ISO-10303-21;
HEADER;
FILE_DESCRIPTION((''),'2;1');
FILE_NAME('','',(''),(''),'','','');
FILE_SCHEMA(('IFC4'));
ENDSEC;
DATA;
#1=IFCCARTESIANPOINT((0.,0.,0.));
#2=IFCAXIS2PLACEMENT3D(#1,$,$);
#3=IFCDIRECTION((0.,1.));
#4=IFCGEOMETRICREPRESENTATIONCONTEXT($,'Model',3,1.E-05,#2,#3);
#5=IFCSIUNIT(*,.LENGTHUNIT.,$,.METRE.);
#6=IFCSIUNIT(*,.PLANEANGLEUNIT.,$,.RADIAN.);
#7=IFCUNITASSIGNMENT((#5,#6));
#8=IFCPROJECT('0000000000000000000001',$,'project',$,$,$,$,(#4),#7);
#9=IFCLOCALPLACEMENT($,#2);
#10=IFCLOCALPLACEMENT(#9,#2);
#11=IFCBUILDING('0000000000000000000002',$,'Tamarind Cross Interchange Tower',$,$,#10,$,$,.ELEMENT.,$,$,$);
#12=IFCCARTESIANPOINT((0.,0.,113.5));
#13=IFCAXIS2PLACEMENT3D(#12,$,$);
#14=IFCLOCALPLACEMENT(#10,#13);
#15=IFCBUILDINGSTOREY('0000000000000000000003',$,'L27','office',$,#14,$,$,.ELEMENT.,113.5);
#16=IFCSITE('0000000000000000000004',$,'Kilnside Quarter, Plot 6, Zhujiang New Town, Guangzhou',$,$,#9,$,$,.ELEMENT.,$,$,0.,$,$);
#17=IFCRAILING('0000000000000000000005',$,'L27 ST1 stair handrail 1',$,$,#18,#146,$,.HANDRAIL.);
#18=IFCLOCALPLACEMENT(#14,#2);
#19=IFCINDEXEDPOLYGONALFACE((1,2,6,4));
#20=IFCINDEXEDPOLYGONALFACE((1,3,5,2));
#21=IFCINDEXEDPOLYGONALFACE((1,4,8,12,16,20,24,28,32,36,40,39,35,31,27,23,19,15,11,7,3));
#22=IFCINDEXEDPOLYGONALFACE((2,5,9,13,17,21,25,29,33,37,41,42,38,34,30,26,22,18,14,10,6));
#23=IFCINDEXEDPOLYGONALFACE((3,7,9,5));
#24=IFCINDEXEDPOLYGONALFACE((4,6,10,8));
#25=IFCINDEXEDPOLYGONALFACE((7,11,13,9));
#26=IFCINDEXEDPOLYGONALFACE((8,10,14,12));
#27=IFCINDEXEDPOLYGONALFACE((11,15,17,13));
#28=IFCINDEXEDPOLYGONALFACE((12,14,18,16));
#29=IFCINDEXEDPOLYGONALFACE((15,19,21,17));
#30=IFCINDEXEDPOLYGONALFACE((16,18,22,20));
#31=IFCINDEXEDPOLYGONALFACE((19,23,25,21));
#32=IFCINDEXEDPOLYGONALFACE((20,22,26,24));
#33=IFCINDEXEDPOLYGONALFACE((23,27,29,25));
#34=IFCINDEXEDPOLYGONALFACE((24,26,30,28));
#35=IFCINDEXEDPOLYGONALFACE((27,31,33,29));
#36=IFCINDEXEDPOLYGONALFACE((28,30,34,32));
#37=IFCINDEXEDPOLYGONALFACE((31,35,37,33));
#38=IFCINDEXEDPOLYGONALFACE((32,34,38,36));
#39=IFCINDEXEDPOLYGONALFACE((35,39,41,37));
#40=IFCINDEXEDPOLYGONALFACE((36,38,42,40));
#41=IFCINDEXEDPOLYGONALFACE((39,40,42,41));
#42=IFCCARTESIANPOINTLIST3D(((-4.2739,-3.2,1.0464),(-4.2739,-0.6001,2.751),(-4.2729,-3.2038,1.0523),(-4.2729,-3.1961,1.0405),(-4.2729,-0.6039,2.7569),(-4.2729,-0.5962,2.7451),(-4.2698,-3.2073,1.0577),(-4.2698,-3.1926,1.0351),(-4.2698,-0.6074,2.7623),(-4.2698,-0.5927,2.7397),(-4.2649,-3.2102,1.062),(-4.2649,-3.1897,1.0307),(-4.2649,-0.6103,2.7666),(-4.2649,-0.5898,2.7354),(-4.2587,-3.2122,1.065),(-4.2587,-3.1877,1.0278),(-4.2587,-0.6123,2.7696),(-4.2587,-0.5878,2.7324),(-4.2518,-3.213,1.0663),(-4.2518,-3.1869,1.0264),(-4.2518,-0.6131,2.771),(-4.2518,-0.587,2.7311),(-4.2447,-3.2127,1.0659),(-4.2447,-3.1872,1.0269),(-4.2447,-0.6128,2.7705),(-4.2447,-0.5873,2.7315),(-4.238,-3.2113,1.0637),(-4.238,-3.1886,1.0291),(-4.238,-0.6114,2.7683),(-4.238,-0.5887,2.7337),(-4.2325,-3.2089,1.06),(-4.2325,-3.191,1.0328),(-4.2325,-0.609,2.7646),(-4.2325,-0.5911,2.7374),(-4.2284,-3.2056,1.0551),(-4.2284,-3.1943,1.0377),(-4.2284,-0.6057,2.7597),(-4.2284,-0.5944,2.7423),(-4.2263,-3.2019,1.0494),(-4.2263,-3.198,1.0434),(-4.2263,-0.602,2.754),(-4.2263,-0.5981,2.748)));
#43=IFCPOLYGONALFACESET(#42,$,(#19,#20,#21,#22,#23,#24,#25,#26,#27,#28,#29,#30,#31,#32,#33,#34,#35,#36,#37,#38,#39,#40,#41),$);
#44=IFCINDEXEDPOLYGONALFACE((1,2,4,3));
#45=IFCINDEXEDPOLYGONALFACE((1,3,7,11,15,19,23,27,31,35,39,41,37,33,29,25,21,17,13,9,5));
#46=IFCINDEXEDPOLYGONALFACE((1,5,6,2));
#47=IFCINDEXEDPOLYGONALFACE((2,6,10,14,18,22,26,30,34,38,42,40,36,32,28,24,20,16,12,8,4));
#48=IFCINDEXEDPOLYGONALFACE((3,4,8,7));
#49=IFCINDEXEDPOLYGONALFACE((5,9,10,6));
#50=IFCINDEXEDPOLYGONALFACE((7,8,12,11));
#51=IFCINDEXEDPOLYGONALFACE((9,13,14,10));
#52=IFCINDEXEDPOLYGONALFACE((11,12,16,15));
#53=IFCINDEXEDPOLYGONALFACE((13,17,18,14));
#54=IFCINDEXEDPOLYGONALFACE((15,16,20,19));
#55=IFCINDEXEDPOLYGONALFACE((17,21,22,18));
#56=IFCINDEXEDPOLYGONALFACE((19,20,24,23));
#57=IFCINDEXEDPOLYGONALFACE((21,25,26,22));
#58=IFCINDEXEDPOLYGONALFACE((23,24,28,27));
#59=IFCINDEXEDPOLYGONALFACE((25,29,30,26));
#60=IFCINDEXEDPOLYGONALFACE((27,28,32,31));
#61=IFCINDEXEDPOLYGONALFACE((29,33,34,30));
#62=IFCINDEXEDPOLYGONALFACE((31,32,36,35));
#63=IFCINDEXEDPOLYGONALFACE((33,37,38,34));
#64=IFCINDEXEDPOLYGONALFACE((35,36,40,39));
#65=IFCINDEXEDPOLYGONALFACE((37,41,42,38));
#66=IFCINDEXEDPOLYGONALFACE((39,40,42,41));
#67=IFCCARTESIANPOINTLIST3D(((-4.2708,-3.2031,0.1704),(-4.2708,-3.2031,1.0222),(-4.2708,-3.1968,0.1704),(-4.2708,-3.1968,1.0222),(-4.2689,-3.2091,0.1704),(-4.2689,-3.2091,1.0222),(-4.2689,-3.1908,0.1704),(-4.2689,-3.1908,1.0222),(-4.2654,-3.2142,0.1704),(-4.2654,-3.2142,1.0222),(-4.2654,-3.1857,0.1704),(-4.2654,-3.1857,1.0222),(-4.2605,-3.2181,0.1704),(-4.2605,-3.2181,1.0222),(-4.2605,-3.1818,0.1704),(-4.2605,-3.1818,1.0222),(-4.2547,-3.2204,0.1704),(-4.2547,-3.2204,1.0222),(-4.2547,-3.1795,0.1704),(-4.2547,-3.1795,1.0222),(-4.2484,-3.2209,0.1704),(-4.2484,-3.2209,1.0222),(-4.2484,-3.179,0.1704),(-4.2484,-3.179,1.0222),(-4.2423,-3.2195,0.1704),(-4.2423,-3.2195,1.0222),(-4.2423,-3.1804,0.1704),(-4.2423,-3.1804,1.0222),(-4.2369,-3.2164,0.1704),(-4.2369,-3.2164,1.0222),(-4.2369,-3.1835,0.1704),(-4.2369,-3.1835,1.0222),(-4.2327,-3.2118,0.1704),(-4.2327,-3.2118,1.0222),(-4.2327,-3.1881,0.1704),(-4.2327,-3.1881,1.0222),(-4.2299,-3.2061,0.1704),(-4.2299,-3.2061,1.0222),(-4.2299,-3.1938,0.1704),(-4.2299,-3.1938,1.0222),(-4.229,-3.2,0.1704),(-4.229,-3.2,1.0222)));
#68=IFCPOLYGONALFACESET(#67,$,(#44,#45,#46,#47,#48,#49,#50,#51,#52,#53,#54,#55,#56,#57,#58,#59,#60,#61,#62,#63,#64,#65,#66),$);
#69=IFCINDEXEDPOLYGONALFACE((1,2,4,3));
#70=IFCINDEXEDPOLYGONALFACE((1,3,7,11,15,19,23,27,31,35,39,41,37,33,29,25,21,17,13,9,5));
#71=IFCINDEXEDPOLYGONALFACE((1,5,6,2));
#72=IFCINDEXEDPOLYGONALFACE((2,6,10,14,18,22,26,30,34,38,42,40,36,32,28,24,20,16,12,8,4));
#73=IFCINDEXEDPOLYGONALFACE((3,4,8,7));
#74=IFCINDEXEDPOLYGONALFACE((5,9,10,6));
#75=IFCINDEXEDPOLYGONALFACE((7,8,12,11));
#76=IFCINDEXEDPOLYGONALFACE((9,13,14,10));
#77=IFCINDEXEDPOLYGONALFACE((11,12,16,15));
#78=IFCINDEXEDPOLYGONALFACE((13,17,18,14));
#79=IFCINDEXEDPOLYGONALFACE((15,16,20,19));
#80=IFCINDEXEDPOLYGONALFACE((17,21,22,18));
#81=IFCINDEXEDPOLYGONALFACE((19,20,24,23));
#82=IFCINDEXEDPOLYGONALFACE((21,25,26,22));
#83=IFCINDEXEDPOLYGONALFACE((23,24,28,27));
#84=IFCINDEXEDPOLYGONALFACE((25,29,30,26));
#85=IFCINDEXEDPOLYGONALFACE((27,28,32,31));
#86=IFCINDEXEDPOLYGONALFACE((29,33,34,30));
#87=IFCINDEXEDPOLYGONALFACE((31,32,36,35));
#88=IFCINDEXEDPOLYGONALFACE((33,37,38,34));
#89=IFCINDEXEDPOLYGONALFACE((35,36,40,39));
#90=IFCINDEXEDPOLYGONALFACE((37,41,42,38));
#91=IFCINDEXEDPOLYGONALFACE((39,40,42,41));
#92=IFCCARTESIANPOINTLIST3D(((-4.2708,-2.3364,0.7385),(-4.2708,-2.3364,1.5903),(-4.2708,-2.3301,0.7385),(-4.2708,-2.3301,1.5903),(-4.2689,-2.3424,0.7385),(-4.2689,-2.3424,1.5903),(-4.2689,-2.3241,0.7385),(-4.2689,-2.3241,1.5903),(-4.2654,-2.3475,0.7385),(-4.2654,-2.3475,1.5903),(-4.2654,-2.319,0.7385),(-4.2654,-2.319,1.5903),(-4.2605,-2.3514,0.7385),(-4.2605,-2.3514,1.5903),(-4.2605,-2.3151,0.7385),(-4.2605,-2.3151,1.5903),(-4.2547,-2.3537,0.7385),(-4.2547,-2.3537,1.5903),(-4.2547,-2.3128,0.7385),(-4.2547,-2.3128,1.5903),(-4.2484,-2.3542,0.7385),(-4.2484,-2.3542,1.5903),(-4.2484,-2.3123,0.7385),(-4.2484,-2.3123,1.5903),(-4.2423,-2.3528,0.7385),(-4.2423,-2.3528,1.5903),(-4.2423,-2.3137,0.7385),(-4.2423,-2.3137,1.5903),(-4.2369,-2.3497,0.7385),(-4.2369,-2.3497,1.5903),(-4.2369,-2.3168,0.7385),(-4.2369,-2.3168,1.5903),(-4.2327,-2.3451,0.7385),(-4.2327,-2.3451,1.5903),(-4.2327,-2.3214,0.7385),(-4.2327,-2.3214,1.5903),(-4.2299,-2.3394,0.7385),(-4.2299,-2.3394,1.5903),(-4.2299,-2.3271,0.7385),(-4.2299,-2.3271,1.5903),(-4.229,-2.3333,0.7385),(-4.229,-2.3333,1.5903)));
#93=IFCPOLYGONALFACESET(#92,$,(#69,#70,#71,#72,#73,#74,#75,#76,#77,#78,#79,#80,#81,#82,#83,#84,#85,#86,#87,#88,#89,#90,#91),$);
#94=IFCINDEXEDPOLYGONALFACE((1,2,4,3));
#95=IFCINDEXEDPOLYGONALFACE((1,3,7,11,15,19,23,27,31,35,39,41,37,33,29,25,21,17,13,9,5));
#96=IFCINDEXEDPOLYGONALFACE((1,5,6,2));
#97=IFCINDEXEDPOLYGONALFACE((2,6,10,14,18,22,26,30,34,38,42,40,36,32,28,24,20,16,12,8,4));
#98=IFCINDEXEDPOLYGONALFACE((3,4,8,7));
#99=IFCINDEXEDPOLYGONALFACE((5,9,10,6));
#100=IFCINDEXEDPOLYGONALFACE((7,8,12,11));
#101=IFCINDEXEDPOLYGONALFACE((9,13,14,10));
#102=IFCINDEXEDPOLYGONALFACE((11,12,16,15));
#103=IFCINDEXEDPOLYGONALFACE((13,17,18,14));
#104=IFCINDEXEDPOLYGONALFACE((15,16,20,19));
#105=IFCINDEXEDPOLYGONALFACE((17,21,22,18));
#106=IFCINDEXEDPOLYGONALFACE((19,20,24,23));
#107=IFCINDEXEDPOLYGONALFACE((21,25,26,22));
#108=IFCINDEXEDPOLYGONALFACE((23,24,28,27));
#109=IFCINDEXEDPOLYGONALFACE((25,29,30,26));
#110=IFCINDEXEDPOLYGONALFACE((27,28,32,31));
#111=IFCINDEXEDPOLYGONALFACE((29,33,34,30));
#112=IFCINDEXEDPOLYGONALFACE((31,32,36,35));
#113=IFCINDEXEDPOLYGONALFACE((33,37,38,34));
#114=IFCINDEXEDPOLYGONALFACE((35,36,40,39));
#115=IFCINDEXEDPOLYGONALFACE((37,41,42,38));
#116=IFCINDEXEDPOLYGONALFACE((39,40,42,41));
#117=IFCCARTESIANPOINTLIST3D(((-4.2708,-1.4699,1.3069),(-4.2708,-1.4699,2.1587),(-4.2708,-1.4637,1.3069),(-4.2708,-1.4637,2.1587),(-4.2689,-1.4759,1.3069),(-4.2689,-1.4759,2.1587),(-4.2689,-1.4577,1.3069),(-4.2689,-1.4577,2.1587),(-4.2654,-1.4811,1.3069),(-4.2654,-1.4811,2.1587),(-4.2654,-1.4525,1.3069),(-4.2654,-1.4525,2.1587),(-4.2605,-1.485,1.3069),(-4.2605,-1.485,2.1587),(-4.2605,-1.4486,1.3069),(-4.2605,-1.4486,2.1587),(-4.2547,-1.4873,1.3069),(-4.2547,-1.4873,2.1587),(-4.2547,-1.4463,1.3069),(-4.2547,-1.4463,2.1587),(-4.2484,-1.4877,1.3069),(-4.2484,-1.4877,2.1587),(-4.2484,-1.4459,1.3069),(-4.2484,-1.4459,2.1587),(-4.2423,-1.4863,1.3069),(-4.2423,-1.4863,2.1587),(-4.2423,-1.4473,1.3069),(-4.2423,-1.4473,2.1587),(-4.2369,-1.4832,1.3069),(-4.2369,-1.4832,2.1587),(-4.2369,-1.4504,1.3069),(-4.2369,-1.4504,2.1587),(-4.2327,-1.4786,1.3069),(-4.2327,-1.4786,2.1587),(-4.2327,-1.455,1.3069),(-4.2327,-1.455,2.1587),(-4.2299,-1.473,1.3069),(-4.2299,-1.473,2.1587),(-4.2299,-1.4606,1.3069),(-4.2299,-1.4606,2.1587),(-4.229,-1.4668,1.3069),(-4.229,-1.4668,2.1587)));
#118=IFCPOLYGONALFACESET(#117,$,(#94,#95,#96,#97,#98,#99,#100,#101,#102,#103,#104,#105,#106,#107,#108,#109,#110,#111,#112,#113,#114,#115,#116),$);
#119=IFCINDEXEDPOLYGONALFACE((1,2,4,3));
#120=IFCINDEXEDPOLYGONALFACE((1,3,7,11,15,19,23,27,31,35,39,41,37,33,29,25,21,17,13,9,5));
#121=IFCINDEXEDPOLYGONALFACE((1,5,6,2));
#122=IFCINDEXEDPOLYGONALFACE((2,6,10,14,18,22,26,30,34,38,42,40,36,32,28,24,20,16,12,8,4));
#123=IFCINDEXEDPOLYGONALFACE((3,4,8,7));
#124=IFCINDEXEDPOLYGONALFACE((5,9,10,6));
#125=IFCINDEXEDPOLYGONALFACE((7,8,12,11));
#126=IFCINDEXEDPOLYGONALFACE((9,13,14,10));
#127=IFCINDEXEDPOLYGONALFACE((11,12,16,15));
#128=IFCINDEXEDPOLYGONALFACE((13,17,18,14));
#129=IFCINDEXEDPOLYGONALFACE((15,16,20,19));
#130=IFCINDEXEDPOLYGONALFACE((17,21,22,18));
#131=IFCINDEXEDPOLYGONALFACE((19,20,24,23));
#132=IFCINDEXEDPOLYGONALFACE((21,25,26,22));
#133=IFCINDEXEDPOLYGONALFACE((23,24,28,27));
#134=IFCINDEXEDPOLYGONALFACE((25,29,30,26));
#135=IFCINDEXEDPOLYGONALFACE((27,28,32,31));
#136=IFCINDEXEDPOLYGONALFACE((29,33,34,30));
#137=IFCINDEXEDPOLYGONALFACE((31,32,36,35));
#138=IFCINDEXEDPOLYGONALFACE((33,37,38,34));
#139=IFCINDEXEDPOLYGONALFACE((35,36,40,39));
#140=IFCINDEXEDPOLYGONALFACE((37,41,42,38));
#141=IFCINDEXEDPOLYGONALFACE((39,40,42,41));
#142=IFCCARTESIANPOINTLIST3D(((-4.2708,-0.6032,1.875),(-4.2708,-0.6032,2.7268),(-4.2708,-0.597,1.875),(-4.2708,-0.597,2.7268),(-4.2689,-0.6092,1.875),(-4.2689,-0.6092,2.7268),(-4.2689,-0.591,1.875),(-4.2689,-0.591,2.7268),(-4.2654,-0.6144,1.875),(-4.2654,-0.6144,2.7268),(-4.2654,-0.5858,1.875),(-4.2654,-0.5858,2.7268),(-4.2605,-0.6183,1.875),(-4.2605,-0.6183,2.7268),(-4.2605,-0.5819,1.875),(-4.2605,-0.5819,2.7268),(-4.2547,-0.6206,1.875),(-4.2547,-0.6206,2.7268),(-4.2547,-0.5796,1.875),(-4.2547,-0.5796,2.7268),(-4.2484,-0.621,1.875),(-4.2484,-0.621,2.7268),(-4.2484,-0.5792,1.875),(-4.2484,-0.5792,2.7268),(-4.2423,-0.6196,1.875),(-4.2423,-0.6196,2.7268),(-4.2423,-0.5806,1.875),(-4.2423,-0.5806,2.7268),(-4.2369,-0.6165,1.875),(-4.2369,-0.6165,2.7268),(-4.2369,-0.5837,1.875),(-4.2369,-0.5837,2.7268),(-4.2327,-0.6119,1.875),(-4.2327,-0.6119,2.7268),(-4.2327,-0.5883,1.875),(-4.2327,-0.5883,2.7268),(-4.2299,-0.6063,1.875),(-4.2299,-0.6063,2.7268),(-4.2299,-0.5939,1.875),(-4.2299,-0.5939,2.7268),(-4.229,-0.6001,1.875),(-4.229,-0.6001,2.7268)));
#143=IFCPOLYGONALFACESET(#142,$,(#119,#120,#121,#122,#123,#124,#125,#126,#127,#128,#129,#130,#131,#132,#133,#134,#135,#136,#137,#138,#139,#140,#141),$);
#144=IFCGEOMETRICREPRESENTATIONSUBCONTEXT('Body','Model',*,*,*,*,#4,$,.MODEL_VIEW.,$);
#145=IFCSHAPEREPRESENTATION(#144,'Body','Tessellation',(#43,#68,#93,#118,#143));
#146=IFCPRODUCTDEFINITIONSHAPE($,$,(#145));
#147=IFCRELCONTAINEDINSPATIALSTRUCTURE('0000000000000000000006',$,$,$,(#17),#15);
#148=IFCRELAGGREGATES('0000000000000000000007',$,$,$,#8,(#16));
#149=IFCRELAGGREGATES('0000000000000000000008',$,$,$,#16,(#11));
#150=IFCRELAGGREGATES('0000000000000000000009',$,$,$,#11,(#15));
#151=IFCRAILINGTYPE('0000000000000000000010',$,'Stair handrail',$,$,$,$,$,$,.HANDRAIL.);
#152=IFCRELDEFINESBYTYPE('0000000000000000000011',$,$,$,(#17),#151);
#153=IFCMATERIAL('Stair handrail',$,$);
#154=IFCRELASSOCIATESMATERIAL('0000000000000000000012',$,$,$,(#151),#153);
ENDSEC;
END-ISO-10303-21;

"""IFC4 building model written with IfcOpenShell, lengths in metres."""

from ifc_helpers import new_model, si_unit, direction, frame, origin, origin_2d, place, context, subcontext, project, spatial, circle, extrude, material, type_object, element, save


model = new_model("IFC4")

# Units and contexts
model_context = context("Model", 3, precision=1e-05, world=origin(), true_north=direction((0.0, 1.0)))
body_context = subcontext(model_context, "Body", "Model", "MODEL_VIEW")
ifc_project = project(units=[si_unit("LENGTHUNIT", "METRE"), si_unit("PLANEANGLEUNIT", "RADIAN")], contexts=[model_context])

# Site, building, storey
site_placement = place(None, origin())
site = spatial("IfcSite", under=ifc_project, at=site_placement, Name="Kilnside Quarter, Plot 6, Zhujiang New Town, Guangzhou", CompositionType="ELEMENT", RefElevation=0.0)
building_placement = place(site_placement, origin())
building = spatial("IfcBuilding", under=site, at=building_placement, Name="Tamarind Cross Interchange Tower", CompositionType="ELEMENT")
storey_placement = place(building_placement, frame((0.0, 0.0, 113.5)))
storey = spatial("IfcBuildingStorey", under=building, at=storey_placement, Name="L27", Description="office", CompositionType="ELEMENT", Elevation=113.5)

# Railing
ifc_material_1 = material(Name="Stair handrail")
railing_type_1 = type_object("IfcRailingType", Name="Stair handrail", PredefinedType="HANDRAIL", material=ifc_material_1)
railing_1_placement = place(storey_placement, frame((-4.25, -3.2, 0.1704)))
element("IfcRailing", 1, at=railing_1_placement, inside=storey, type_object=railing_type_1, Name="L27 ST1 stair handrail 1", PredefinedType="HANDRAIL", context=body_context, shape_type="SweptSolid", body=[
    extrude(circle(Radius=0.0239, at=origin_2d()), frame((0.0, 0.0, 0.876), z_axis=(0.0, 0.836279, 0.548305), x_axis=(-1.0, 0.0, 0.0)), (0.0, 0.0, 1.0), 3.1089),
    extrude(circle(Radius=0.021, at=origin_2d()), origin(), (0.0, 0.0, 1.0), 0.8518),
    extrude(circle(Radius=0.021, at=origin_2d()), frame((0.0, 0.8667, 0.5681)), (0.0, 0.0, 1.0), 0.8518),
    extrude(circle(Radius=0.021, at=origin_2d()), frame((0.0, 1.7332, 1.1365)), (0.0, 0.0, 1.0), 0.8518),
    extrude(circle(Radius=0.021, at=origin_2d()), frame((0.0, 2.5999, 1.7046)), (0.0, 0.0, 1.0), 0.8518),
])

save(model, "model.ifc")
